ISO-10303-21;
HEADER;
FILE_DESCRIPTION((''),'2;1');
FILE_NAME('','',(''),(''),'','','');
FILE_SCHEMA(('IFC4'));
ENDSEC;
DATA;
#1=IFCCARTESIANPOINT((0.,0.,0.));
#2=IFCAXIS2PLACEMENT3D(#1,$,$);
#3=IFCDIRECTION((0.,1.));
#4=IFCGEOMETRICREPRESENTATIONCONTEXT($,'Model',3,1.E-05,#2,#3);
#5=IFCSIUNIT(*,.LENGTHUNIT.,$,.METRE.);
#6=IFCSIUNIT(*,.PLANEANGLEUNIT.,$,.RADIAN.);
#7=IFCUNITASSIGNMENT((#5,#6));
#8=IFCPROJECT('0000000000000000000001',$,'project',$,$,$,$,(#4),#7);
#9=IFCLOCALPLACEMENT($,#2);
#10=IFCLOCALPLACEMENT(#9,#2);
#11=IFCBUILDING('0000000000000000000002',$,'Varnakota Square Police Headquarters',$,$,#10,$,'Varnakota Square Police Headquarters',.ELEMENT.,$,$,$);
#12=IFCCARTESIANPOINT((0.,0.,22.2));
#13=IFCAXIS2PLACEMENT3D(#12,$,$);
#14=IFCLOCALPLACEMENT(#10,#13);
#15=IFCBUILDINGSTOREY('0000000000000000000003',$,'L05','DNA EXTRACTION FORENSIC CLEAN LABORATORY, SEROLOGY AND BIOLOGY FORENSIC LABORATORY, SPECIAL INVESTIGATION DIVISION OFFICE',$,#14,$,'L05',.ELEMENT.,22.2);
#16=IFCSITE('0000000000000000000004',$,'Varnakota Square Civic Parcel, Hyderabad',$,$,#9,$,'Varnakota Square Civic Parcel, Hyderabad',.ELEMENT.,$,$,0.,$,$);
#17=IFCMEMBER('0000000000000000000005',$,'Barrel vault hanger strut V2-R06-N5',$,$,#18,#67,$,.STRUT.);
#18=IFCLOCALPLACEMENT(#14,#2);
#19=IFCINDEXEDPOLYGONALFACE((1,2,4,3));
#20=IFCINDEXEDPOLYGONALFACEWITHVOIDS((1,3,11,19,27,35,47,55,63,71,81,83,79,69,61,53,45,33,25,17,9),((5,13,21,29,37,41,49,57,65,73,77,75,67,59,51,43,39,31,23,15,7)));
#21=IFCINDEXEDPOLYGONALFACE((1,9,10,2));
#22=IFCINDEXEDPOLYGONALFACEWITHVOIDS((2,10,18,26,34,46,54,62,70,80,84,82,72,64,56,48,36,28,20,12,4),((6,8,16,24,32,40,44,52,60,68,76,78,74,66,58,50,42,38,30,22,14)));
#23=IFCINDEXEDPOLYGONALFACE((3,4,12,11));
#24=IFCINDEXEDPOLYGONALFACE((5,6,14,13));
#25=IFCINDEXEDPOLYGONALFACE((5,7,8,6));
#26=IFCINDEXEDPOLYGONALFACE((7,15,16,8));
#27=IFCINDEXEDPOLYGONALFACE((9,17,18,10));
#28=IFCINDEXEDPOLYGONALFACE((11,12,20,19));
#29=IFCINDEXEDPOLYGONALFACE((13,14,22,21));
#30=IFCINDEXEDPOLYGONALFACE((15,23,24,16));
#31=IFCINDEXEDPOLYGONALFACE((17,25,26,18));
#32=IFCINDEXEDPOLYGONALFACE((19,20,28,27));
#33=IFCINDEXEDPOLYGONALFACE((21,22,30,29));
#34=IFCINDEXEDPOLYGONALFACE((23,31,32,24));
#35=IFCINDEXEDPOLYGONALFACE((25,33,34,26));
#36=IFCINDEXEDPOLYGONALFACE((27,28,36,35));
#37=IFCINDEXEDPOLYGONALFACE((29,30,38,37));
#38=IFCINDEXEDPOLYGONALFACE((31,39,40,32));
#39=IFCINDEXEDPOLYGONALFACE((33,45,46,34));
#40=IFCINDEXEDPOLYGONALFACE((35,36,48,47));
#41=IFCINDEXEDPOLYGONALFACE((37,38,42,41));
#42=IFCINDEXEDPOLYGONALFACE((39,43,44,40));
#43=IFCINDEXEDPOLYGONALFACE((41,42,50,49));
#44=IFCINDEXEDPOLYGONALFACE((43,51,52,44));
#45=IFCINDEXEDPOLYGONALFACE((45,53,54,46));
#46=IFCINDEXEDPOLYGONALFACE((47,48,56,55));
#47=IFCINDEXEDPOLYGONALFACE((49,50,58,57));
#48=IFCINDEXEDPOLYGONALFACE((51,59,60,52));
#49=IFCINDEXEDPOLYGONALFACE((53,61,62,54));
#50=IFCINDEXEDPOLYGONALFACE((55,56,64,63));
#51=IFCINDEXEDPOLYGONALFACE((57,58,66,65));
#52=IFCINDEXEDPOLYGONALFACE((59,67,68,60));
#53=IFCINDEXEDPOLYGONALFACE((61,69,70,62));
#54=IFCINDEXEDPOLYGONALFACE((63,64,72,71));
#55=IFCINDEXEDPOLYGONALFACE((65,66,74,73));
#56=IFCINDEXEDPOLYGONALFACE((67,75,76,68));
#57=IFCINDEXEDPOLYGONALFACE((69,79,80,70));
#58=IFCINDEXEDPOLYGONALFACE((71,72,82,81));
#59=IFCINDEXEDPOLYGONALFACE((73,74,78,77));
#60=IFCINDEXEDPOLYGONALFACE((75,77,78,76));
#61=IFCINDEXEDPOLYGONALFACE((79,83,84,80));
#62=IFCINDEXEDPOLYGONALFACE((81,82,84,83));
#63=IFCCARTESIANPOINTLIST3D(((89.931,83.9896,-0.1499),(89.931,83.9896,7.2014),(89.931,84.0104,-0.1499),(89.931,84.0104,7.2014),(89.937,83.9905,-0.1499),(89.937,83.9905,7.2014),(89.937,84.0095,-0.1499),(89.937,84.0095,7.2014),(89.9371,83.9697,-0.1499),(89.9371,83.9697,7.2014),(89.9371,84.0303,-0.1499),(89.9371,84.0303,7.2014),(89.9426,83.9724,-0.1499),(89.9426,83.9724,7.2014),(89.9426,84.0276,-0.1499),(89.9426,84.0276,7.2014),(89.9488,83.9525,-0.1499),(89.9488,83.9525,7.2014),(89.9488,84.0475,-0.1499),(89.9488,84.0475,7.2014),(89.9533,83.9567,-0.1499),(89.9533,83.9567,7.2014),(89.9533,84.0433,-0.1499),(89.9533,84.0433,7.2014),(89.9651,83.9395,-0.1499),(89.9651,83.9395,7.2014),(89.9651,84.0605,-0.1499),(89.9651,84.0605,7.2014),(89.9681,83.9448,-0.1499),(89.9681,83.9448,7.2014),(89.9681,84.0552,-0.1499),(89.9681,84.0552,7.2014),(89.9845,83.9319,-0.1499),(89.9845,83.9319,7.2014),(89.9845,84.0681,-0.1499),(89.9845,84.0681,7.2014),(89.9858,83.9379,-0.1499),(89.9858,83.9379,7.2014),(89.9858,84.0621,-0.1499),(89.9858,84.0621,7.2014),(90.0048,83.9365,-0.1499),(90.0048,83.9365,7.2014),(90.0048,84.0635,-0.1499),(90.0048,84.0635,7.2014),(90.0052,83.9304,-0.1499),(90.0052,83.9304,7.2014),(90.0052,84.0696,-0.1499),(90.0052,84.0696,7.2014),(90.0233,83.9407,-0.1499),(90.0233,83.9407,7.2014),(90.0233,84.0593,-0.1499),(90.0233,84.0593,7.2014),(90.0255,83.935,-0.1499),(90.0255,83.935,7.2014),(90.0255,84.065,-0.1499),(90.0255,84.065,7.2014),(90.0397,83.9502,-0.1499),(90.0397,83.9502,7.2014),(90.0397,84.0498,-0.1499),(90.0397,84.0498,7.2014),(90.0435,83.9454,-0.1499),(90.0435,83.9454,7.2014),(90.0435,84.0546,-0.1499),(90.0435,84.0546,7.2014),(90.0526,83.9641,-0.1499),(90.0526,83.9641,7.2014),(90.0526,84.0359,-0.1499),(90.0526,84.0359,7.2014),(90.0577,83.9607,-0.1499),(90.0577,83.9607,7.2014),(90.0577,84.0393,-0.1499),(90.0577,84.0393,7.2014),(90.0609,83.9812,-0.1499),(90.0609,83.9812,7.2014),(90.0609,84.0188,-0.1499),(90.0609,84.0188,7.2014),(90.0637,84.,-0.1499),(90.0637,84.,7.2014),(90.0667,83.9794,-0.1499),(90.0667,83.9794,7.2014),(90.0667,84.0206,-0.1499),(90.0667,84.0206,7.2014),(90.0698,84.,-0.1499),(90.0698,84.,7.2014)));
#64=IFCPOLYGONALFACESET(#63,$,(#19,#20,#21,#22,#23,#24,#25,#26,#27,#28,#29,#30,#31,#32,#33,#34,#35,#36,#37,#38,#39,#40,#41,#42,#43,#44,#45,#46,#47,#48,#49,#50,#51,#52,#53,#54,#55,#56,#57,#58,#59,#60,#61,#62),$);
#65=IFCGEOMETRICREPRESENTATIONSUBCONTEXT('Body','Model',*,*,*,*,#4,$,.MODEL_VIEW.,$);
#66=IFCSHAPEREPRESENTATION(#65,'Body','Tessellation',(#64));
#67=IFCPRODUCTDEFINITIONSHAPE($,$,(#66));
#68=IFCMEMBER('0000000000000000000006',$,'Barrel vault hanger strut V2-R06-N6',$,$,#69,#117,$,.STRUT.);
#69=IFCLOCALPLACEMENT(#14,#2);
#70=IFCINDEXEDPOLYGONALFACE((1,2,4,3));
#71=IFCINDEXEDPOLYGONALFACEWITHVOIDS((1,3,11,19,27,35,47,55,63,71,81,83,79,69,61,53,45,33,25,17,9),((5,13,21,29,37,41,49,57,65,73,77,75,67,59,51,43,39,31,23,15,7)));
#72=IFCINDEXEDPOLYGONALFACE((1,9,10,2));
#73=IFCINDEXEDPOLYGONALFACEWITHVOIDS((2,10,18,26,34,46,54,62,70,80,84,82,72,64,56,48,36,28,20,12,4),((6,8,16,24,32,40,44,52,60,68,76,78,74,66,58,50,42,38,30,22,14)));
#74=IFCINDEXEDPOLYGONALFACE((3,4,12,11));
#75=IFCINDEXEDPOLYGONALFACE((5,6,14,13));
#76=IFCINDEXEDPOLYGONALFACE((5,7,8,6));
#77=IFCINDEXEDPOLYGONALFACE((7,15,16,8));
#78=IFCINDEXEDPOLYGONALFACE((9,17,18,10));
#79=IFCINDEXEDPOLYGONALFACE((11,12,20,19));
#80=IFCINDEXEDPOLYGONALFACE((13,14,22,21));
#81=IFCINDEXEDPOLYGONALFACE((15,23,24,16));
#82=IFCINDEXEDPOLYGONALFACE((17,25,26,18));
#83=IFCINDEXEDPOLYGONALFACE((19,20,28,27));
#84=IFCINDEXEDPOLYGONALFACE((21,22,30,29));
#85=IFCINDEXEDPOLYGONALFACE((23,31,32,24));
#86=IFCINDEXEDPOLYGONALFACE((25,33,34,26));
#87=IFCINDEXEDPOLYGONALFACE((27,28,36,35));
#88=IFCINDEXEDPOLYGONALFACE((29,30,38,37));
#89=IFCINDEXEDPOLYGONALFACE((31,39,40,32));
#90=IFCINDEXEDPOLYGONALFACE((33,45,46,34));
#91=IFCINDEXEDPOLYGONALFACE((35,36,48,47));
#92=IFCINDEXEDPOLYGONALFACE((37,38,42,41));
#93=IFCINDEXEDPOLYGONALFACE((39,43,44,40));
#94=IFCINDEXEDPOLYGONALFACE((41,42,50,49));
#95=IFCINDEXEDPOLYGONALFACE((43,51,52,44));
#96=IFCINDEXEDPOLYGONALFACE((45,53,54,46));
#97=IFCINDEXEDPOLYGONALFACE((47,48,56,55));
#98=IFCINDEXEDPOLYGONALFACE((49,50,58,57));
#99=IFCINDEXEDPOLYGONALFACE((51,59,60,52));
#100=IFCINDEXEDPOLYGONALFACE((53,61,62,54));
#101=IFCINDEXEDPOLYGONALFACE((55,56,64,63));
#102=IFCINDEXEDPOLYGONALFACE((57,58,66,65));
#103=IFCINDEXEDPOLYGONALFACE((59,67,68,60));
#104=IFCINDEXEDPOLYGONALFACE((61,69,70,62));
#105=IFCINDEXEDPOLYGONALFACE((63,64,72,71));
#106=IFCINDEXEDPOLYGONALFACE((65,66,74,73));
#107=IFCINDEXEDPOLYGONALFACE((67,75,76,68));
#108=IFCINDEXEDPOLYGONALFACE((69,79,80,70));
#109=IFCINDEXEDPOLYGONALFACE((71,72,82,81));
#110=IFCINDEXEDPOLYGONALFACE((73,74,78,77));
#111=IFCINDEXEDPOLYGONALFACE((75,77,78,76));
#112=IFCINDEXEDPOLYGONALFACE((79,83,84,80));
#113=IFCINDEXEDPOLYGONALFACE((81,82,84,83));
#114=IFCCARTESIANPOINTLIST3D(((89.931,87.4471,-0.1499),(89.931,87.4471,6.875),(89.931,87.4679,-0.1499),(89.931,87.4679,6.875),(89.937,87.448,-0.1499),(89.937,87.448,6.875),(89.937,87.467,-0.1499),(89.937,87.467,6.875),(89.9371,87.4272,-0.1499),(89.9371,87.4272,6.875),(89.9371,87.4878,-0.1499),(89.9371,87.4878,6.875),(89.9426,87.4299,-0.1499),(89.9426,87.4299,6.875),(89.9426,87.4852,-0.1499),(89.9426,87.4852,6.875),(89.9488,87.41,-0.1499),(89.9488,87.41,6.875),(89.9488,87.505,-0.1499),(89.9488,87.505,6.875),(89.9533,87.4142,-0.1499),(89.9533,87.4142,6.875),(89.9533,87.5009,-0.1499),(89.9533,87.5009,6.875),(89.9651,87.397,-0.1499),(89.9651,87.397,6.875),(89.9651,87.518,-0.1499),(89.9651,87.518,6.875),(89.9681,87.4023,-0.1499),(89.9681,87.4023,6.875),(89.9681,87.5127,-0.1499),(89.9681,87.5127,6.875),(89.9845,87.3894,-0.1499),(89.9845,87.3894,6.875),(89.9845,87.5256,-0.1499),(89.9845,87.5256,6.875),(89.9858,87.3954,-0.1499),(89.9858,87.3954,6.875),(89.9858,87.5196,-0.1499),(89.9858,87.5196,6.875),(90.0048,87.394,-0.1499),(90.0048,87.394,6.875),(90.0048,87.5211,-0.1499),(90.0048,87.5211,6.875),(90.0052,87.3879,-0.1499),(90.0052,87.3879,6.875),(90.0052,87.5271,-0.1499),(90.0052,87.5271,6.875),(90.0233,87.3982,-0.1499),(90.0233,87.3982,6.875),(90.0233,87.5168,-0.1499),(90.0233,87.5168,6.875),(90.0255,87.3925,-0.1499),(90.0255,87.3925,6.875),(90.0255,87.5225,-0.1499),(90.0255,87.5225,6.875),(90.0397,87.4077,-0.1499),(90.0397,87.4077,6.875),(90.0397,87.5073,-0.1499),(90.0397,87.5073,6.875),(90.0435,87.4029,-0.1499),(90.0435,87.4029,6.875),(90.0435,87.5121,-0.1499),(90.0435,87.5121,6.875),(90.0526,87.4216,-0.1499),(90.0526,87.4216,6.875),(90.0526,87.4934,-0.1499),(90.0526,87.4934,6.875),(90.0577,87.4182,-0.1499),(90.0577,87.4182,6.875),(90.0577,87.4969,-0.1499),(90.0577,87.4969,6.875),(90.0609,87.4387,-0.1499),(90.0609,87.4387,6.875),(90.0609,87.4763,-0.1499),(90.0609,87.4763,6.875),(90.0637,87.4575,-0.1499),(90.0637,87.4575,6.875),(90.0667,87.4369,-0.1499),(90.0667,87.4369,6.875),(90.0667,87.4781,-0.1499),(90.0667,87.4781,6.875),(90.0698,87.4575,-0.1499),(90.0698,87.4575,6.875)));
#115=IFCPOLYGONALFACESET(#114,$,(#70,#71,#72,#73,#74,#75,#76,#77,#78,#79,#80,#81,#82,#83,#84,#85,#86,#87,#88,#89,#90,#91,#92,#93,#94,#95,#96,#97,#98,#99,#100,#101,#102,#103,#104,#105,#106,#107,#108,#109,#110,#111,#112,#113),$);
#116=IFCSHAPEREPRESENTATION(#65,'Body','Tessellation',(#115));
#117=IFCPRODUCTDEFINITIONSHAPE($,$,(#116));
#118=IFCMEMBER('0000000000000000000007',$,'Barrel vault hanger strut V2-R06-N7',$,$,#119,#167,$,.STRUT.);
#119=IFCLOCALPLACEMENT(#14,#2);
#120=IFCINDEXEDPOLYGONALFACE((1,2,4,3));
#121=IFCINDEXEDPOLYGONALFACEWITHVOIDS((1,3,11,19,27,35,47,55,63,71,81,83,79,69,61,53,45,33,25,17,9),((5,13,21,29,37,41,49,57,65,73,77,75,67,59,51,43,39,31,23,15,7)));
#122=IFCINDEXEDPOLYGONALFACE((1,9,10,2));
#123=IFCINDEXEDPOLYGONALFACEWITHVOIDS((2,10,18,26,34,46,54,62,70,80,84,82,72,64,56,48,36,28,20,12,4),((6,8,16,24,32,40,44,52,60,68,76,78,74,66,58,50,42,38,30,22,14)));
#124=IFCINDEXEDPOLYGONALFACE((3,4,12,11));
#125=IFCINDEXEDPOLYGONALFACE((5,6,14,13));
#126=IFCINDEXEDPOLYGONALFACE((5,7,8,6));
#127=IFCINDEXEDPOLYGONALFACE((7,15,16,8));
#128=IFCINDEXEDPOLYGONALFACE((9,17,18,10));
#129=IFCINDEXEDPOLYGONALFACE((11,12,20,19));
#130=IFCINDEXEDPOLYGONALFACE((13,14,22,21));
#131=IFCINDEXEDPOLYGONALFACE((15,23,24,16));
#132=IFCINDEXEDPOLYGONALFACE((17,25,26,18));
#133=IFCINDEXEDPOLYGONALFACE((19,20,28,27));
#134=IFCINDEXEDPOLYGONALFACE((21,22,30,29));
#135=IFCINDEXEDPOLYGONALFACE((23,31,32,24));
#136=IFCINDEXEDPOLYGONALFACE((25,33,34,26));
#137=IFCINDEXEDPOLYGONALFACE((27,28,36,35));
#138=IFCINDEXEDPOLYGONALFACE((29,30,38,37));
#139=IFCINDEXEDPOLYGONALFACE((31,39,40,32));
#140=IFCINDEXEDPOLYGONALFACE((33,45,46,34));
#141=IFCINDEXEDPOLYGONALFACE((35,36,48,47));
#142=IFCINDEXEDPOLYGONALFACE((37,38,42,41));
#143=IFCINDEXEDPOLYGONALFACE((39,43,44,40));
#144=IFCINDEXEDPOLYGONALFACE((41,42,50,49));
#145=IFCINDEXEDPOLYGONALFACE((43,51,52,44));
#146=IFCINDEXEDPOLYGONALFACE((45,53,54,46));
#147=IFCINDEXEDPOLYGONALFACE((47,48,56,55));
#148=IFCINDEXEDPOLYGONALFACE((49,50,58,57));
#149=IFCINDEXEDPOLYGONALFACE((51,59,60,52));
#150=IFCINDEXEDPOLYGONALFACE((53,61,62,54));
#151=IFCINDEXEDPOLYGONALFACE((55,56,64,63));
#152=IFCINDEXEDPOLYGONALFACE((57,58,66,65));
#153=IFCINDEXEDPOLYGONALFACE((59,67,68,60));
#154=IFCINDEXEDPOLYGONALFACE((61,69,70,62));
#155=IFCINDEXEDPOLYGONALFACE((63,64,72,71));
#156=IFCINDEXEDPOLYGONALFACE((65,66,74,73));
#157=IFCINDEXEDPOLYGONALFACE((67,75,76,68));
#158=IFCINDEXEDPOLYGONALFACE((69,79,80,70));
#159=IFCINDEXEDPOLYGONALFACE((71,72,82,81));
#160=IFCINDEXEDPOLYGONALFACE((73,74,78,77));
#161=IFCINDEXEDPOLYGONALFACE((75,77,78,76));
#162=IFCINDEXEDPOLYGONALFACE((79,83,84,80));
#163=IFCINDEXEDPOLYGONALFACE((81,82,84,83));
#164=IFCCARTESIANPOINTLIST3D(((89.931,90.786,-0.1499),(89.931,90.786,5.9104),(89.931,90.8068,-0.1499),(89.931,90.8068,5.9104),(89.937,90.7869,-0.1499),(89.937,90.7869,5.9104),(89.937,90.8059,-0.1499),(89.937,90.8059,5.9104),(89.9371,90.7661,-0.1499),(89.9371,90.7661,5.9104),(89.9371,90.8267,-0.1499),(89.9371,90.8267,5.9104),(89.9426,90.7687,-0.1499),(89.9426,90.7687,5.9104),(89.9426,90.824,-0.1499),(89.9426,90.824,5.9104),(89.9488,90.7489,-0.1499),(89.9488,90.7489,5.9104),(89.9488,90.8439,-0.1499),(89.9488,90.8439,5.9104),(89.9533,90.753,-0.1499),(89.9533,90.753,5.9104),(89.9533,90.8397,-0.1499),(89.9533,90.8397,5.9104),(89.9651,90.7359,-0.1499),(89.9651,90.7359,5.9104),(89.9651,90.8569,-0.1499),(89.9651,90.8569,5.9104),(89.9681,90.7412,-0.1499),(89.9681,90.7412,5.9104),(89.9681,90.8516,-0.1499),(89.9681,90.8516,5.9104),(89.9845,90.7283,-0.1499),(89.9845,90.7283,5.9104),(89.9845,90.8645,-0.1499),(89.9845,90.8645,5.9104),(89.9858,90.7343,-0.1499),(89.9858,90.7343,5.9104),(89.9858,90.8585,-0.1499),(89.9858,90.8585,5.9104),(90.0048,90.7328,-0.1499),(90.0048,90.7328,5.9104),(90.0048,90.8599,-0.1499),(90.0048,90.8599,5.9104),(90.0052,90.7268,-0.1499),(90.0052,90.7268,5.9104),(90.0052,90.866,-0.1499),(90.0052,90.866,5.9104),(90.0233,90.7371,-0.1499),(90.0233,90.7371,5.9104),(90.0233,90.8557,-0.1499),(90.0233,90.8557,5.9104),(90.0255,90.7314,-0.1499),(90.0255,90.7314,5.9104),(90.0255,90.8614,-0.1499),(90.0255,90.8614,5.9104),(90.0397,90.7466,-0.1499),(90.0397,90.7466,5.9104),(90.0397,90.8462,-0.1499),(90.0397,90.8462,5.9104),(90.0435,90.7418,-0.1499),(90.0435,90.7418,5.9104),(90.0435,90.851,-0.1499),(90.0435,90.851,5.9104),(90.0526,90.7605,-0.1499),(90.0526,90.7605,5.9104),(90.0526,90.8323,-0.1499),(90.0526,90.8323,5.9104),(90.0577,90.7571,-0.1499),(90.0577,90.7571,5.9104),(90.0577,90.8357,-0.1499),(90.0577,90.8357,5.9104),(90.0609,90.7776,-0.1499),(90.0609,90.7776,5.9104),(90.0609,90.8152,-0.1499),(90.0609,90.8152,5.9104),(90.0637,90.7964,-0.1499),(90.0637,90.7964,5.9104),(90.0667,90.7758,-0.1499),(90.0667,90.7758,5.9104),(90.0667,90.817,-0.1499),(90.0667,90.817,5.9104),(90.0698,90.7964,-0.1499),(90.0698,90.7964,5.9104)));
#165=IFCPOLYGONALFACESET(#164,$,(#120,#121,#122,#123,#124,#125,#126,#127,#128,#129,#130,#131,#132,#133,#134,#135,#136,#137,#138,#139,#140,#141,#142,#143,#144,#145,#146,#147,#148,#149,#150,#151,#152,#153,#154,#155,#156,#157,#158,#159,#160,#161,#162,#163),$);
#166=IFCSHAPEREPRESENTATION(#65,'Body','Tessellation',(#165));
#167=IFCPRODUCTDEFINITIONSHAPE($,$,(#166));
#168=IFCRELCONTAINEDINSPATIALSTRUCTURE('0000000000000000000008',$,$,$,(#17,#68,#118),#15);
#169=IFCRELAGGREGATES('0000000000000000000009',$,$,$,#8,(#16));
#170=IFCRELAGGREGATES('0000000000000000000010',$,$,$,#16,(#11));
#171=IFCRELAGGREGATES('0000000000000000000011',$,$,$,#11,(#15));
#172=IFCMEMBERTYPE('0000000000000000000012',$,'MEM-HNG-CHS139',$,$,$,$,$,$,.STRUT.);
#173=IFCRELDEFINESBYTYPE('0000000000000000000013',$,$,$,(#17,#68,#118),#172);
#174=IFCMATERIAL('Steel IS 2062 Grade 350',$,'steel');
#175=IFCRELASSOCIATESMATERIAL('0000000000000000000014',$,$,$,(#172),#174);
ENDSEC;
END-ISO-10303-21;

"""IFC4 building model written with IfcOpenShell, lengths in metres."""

from ifc_helpers import new_model, si_unit, direction, frame, origin, origin_2d, place, context, subcontext, project, spatial, hollow_circle, extrude, material, material_profile, profile_set, type_object, element, save


model = new_model("IFC4")

# Units and contexts
model_context = context("Model", 3, precision=1e-05, world=origin(), true_north=direction((0.0, 1.0)))
body_context = subcontext(model_context, "Body", "Model", "MODEL_VIEW")
ifc_project = project(units=[si_unit("LENGTHUNIT", "METRE"), si_unit("PLANEANGLEUNIT", "RADIAN")], contexts=[model_context])

# Site, building, storey
site_placement = place(None, origin())
site = spatial("IfcSite", under=ifc_project, at=site_placement, Name="Varnakota Square Civic Parcel, Hyderabad", LongName="Varnakota Square Civic Parcel, Hyderabad", CompositionType="ELEMENT", RefElevation=0.0)
building_placement = place(site_placement, origin())
building = spatial("IfcBuilding", under=site, at=building_placement, Name="Varnakota Square Police Headquarters", LongName="Varnakota Square Police Headquarters", CompositionType="ELEMENT")
storey_placement = place(building_placement, frame((0.0, 0.0, 22.2)))
storey = spatial("IfcBuildingStorey", under=building, at=storey_placement, Name="L05", Description="DNA EXTRACTION FORENSIC CLEAN LABORATORY, SEROLOGY AND BIOLOGY FORENSIC LABORATORY, SPECIAL INVESTIGATION DIVISION OFFICE", LongName="L05", CompositionType="ELEMENT", Elevation=22.2)

# Shared definitions
ifc_material_1 = material(Name="Steel IS 2062 Grade 350", Category="steel")

# Members
ifc_material_profile_1 = material_profile(ifc_material_1, hollow_circle(Radius=0.0698, WallThickness=0.0061, at=origin_2d()), Name="CHS 139.7x6.0")
ifc_profile_set_1 = profile_set([ifc_material_profile_1], Name="Steel IS 2062 Grade 350")
member_type_1 = type_object("IfcMemberType", Name="MEM-HNG-CHS139", PredefinedType="STRUT", material=ifc_profile_set_1)
member_1_placement = place(storey_placement, frame((90.0, 84.0, -0.1499), z_axis=(0.0, 0.0, 1.0), x_axis=(1.0, 0.0, 0.0)))
element("IfcMember", 1, at=member_1_placement, inside=storey, type_object=member_type_1, Name="Barrel vault hanger strut V2-R06-N5", PredefinedType="STRUT", context=body_context, shape_type="SweptSolid", body=[
    extrude(hollow_circle(Radius=0.0698, WallThickness=0.0061, at=origin_2d()), origin(), (0.0, 0.0, 1.0), 7.3513),
])
member_2_placement = place(storey_placement, frame((90.0, 87.4575, -0.1499), z_axis=(0.0, 0.0, 1.0), x_axis=(1.0, 0.0, 0.0)))
element("IfcMember", 2, at=member_2_placement, inside=storey, type_object=member_type_1, Name="Barrel vault hanger strut V2-R06-N6", PredefinedType="STRUT", context=body_context, shape_type="SweptSolid", body=[
    extrude(hollow_circle(Radius=0.0698, WallThickness=0.0061, at=origin_2d()), origin(), (0.0, 0.0, 1.0), 7.0249),
])
member_3_placement = place(storey_placement, frame((90.0, 90.7964, -0.1499), z_axis=(0.0, 0.0, 1.0), x_axis=(1.0, 0.0, 0.0)))
element("IfcMember", 3, at=member_3_placement, inside=storey, type_object=member_type_1, Name="Barrel vault hanger strut V2-R06-N7", PredefinedType="STRUT", context=body_context, shape_type="SweptSolid", body=[
    extrude(hollow_circle(Radius=0.0698, WallThickness=0.0061, at=origin_2d()), origin(), (0.0, 0.0, 1.0), 6.0603),
])

save(model, "model.ifc")
